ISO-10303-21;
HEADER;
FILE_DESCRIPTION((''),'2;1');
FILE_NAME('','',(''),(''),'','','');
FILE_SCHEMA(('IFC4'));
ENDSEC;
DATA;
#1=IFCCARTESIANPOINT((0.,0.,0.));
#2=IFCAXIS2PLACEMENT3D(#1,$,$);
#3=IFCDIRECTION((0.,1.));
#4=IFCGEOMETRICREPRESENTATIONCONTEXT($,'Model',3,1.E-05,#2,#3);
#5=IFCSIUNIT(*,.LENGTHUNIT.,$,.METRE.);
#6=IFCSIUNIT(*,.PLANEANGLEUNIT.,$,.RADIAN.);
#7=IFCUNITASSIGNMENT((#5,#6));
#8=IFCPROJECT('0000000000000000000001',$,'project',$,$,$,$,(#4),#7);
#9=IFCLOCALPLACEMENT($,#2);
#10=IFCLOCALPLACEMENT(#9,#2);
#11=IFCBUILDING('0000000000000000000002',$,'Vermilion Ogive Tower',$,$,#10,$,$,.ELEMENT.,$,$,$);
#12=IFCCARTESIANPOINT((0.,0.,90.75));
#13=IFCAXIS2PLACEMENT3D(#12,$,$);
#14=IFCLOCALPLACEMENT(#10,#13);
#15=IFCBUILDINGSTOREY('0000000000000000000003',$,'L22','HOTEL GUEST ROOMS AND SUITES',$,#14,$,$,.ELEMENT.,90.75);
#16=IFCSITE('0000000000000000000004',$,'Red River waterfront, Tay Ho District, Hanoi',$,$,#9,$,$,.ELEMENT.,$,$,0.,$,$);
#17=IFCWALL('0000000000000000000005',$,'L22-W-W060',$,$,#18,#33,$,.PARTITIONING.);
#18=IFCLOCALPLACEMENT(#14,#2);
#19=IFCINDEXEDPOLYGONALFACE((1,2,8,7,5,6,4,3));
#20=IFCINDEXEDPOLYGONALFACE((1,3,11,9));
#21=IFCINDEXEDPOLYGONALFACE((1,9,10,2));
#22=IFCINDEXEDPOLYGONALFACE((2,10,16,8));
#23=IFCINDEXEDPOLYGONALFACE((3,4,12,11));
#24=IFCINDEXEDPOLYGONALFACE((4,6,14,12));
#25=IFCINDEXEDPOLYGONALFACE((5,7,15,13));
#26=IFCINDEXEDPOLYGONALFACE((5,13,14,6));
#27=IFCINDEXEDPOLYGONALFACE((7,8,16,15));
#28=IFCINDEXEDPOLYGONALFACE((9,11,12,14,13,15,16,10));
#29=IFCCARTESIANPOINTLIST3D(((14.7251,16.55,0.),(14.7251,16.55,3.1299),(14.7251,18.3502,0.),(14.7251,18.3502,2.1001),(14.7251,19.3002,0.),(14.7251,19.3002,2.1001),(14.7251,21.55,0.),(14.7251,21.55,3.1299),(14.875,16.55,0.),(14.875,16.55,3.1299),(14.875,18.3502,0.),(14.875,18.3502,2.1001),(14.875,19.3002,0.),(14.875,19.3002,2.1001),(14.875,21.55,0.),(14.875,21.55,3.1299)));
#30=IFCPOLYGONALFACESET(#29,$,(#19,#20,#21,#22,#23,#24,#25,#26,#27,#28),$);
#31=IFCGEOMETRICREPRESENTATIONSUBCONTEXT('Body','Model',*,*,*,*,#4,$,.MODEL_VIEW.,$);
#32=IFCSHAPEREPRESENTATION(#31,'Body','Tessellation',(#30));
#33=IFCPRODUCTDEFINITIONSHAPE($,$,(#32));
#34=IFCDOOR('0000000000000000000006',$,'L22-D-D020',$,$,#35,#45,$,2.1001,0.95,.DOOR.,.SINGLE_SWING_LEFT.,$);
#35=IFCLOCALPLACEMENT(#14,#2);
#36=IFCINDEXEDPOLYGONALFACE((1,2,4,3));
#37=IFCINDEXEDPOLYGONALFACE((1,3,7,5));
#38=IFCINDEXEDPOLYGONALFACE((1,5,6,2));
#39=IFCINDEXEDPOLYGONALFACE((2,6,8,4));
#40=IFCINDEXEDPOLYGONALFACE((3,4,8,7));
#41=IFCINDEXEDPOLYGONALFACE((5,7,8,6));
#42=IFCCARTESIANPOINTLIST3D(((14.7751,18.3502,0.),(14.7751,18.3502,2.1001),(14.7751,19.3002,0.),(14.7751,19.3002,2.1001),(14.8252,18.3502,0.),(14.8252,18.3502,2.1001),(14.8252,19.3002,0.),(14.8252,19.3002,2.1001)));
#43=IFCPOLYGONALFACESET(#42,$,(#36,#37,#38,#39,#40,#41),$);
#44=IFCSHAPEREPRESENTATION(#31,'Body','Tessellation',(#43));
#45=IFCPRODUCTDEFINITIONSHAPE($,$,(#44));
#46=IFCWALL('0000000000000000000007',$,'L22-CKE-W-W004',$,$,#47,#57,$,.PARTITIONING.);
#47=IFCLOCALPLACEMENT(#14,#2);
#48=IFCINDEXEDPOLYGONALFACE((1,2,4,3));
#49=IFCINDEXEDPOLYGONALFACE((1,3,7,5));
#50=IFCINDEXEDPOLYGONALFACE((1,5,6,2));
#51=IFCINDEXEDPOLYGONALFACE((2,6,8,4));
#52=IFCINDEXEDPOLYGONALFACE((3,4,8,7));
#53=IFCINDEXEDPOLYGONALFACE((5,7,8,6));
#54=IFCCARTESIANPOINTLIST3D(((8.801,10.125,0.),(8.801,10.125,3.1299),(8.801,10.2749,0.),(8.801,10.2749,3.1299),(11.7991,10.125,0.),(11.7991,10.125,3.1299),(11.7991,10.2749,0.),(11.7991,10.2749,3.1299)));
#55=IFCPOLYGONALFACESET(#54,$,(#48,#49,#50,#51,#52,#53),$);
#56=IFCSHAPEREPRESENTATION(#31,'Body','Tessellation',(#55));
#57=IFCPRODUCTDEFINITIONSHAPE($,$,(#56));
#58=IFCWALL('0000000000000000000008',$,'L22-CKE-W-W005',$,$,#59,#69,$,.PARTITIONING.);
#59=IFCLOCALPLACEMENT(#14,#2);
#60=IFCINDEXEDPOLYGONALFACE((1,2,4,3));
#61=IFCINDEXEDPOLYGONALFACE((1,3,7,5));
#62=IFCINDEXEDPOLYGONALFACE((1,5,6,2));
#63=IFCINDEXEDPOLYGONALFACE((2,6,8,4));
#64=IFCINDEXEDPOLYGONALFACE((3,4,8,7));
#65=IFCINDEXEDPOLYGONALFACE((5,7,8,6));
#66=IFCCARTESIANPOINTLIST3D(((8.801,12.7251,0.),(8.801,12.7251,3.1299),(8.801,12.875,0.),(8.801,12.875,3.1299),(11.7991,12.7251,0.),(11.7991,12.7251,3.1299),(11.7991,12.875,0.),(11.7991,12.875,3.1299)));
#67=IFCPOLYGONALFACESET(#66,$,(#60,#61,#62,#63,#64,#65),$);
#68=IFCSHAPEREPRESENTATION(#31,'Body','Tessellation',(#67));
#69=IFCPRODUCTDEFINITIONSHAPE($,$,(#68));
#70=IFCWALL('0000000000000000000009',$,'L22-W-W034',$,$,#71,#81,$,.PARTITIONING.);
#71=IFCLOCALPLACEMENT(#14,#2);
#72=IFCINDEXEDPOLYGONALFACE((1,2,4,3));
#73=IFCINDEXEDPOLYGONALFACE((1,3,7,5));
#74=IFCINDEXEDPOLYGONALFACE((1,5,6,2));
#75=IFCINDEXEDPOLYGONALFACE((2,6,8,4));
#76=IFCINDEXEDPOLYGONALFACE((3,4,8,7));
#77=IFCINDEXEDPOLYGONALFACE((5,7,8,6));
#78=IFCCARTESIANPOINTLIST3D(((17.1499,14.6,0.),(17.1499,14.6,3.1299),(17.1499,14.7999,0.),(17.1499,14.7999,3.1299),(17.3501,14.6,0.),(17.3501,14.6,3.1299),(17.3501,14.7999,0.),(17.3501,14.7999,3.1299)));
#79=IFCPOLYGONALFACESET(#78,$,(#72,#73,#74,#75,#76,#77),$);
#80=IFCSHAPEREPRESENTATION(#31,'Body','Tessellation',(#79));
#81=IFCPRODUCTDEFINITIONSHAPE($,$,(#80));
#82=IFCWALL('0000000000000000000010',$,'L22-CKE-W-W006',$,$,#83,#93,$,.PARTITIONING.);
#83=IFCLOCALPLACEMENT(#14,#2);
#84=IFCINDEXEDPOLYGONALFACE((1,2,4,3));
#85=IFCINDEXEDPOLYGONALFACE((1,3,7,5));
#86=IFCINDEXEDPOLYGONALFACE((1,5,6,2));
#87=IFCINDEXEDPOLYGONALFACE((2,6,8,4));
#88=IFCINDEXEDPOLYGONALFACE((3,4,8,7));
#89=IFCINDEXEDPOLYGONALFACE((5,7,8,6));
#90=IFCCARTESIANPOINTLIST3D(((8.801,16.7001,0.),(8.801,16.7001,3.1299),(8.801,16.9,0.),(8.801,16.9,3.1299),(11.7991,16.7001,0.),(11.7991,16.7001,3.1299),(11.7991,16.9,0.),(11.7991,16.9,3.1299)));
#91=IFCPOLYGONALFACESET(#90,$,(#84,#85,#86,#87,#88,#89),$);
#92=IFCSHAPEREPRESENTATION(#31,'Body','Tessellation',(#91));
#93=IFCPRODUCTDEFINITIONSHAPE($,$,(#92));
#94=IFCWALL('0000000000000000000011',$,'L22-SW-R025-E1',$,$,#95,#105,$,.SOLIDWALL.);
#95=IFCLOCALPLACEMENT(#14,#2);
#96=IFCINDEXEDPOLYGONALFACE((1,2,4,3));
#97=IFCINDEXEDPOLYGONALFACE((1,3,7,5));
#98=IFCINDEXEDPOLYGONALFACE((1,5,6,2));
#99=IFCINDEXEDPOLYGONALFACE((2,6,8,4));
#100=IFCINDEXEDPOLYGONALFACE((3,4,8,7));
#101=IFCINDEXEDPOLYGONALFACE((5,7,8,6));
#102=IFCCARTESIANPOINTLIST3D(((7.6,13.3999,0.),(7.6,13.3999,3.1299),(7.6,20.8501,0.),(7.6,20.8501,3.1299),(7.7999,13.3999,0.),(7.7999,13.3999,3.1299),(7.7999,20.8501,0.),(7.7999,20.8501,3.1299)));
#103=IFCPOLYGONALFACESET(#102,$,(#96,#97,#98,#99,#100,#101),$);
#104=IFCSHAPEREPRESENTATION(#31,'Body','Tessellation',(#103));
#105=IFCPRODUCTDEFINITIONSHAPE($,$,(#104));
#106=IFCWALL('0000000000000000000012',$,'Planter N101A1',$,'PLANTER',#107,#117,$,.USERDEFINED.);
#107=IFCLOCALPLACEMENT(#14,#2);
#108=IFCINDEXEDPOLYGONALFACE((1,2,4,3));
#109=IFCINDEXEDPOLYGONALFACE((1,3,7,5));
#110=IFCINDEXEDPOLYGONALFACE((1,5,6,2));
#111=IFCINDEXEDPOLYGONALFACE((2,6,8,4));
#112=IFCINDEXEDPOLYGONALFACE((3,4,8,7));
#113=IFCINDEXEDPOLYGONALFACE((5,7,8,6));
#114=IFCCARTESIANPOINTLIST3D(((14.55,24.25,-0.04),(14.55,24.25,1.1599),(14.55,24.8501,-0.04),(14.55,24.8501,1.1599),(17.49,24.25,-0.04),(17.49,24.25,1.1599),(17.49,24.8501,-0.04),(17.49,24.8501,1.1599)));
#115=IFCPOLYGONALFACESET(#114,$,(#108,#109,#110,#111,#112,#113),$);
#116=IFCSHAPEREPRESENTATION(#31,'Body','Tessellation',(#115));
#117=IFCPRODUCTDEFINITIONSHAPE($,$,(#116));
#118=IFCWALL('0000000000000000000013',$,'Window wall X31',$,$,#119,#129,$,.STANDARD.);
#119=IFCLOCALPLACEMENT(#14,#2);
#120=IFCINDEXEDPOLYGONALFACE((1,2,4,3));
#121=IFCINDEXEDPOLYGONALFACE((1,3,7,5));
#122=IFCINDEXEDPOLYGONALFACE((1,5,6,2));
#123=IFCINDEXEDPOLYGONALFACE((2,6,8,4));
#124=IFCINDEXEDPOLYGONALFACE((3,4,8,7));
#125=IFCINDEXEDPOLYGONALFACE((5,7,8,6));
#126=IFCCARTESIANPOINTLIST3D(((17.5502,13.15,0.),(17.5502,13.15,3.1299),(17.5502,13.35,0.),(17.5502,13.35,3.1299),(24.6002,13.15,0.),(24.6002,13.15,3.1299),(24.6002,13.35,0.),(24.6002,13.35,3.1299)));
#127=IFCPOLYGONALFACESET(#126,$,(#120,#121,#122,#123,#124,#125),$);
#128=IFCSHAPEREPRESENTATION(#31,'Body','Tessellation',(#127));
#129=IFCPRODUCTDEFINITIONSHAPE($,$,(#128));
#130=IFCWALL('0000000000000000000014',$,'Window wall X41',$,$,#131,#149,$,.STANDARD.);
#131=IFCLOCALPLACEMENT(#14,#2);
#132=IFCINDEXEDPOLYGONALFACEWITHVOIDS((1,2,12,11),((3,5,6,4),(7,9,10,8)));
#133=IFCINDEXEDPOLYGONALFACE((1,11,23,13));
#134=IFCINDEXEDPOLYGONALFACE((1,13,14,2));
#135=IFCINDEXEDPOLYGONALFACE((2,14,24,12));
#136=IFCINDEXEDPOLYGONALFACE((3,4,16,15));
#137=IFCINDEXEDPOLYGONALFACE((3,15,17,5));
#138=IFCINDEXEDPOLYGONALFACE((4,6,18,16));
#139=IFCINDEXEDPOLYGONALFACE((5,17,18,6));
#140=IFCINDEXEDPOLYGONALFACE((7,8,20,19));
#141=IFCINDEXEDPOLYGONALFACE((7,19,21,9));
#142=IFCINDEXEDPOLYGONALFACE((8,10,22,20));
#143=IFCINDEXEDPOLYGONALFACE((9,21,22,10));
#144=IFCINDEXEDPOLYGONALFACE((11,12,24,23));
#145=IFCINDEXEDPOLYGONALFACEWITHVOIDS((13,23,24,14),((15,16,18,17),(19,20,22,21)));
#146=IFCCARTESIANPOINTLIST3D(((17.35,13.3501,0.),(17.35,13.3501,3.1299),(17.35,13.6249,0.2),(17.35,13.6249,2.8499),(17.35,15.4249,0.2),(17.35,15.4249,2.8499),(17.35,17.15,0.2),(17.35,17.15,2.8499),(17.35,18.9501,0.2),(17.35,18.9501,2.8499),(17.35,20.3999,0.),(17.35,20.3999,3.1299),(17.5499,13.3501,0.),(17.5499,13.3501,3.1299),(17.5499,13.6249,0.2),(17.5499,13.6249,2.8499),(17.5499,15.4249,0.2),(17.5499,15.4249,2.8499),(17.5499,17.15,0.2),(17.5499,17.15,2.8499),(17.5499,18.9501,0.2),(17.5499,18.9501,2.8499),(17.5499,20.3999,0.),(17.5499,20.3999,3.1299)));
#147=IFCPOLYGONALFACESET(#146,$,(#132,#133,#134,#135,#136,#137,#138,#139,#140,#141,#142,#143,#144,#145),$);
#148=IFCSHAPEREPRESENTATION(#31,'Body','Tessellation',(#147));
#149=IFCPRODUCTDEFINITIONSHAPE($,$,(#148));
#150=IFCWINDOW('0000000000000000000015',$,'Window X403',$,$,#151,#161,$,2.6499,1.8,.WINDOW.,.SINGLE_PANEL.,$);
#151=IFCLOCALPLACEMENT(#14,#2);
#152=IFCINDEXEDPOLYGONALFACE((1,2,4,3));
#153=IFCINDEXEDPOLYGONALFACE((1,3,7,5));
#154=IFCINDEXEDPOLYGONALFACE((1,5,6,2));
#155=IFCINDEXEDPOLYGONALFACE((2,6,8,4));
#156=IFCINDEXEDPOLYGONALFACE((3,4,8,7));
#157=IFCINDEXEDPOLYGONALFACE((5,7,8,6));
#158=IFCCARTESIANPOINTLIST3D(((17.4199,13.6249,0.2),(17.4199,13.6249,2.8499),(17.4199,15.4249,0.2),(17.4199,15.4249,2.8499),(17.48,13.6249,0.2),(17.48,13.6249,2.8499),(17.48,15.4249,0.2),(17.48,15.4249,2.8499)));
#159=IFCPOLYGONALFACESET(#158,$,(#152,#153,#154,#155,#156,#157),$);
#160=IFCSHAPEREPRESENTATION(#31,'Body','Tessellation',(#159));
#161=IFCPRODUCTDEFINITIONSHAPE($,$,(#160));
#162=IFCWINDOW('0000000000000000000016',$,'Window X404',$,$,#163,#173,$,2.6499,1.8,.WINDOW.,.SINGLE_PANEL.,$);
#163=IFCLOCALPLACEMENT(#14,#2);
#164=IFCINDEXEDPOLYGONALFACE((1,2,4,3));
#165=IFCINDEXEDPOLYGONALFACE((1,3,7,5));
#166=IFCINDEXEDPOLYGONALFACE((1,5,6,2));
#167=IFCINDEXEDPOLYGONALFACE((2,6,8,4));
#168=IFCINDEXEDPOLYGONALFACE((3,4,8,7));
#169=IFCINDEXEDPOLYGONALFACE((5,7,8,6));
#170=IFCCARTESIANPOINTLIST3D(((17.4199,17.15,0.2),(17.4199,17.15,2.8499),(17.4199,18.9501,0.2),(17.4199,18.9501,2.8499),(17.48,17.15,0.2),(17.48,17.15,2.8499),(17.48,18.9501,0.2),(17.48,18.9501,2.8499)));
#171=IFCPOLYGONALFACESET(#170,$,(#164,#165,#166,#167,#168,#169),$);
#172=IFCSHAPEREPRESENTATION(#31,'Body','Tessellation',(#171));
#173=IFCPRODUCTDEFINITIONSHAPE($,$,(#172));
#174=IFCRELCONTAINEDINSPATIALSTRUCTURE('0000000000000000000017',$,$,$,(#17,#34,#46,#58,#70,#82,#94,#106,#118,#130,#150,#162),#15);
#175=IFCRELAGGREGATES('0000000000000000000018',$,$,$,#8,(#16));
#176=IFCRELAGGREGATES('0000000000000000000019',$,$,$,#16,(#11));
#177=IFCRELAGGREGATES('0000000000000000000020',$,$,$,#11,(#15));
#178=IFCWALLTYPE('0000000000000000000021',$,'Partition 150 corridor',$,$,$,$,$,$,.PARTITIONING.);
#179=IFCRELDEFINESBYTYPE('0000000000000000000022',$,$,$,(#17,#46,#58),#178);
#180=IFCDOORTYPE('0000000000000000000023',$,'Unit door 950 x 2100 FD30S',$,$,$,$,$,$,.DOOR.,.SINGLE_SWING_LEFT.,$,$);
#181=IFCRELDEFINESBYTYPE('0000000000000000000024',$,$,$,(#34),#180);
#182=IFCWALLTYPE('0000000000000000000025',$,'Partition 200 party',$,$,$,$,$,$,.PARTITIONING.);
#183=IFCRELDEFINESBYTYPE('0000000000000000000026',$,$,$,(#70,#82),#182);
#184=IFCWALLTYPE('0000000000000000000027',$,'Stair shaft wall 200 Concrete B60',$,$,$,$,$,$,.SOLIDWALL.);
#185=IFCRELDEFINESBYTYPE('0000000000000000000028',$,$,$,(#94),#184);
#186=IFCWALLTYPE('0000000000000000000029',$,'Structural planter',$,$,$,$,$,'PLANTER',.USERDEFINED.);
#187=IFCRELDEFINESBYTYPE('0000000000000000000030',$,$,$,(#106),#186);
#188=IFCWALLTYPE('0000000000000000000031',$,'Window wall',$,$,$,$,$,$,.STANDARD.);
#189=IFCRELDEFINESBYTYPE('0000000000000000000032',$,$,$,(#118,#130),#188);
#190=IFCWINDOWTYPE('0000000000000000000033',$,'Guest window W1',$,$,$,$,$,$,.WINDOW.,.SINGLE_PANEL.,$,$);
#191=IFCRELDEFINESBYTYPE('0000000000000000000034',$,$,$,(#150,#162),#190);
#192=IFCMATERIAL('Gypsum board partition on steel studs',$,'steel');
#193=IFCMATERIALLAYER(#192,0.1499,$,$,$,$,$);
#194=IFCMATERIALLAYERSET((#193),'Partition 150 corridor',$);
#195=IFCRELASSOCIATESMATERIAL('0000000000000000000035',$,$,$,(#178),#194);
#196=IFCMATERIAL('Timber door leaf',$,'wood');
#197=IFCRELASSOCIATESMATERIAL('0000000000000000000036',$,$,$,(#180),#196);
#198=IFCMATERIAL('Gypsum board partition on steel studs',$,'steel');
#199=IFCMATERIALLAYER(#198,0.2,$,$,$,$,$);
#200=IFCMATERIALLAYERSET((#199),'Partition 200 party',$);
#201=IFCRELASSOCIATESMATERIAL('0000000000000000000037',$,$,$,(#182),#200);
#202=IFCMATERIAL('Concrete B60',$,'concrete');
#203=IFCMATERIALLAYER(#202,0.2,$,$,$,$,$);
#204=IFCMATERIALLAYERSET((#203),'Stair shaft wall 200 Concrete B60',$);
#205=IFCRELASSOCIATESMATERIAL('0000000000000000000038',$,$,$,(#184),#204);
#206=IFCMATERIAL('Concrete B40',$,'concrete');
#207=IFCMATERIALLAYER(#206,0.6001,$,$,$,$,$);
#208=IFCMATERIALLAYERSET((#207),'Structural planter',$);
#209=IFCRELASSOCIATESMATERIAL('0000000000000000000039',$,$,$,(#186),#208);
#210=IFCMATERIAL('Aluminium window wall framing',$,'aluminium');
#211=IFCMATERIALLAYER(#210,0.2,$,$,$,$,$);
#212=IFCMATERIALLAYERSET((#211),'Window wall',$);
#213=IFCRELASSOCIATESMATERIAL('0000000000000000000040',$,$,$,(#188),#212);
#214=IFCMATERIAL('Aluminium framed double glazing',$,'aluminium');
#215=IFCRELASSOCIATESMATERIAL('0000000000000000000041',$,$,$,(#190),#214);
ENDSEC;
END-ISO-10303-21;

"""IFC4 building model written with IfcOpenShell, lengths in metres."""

from ifc_helpers import new_model, si_unit, direction, frame, frame_2d, origin, place, context, subcontext, project, spatial, rectangle, extrude, material, layer, layer_set, type_object, element, fill, save


model = new_model("IFC4")

# Units and contexts
model_context = context("Model", 3, precision=1e-05, world=origin(), true_north=direction((0.0, 1.0)))
body_context = subcontext(model_context, "Body", "Model", "MODEL_VIEW")
ifc_project = project(units=[si_unit("LENGTHUNIT", "METRE"), si_unit("PLANEANGLEUNIT", "RADIAN")], contexts=[model_context])

# Site, building, storey
site_placement = place(None, origin())
site = spatial("IfcSite", under=ifc_project, at=site_placement, Name="Red River waterfront, Tay Ho District, Hanoi", CompositionType="ELEMENT", RefElevation=0.0)
building_placement = place(site_placement, origin())
building = spatial("IfcBuilding", under=site, at=building_placement, Name="Vermilion Ogive Tower", CompositionType="ELEMENT")
storey_placement = place(building_placement, frame((0.0, 0.0, 90.75)))
storey = spatial("IfcBuildingStorey", under=building, at=storey_placement, Name="L22", Description="HOTEL GUEST ROOMS AND SUITES", CompositionType="ELEMENT", Elevation=90.75)

# Wall, opening, door
ifc_material_1 = material(Name="Gypsum board partition on steel studs", Category="steel")
ifc_layer_1 = layer(ifc_material_1, 0.1499)
ifc_layer_set_1 = layer_set([ifc_layer_1], Name="Partition 150 corridor")
wall_type_1 = type_object("IfcWallType", Name="Partition 150 corridor", PredefinedType="PARTITIONING", material=ifc_layer_set_1)
wall_1_placement = place(storey_placement, frame((14.8, 16.55, 0.0), z_axis=(0.0, 0.0, 1.0), x_axis=(0.0, 1.0, 0.0)))
wall_1 = element("IfcWall", 1, at=wall_1_placement, inside=storey, type_object=wall_type_1, Name="L22-W-W060", PredefinedType="PARTITIONING", context=body_context, shape_type="SweptSolid", body=[
    extrude(rectangle(XDim=5.0, YDim=0.1499, at=frame_2d((2.5, 0.0))), origin(), (0.0, 0.0, 1.0), 3.1299),
])
opening_1_placement = place(wall_1_placement, frame((1.8, 0.0, 0.0)))
opening_1 = element("IfcOpeningElement", 2, at=opening_1_placement, cuts=wall_1, PredefinedType="OPENING", context=body_context, shape_type="SweptSolid", body=[
    extrude(rectangle(XDim=0.95, YDim=2.1001, at=frame_2d((0.4751, 1.05))), frame((0.0, 0.085, 0.0), z_axis=(0.0, -1.0, 0.0), x_axis=(1.0, 0.0, 0.0)), (0.0, 0.0, 1.0), 0.1699),
])
ifc_material_2 = material(Name="Timber door leaf", Category="wood")
door_type_1 = type_object("IfcDoorType", Name="Unit door 950 x 2100 FD30S", OperationType="SINGLE_SWING_LEFT", PredefinedType="DOOR", material=ifc_material_2)
door_1_placement = place(opening_1_placement, origin())
door_1 = element("IfcDoor", 3, at=door_1_placement, inside=storey, type_object=door_type_1, Name="L22-D-D020", OperationType="SINGLE_SWING_LEFT", OverallHeight=2.1001, OverallWidth=0.95, PredefinedType="DOOR", context=body_context, shape_type="SweptSolid", body=[
    extrude(rectangle(XDim=0.95, YDim=2.1001, at=frame_2d((0.4751, 1.05))), frame((0.0, 0.0249, 0.0), z_axis=(0.0, -1.0, 0.0), x_axis=(1.0, 0.0, 0.0)), (0.0, 0.0, 1.0), 0.05),
])
fill(opening_1, door_1)

# Walls
for number, where, z_axis, x_axis, name in (
    (4, (8.801, 10.2, 0.0), (0.0, 0.0, 1.0), (1.0, 0.0, 0.0), "L22-CKE-W-W004"),
    (5, (8.801, 12.8, 0.0), (0.0, 0.0, 1.0), (1.0, 0.0, 0.0), "L22-CKE-W-W005"),
):
    element("IfcWall", number, at=place(storey_placement, frame(where, z_axis=z_axis, x_axis=x_axis)), inside=storey, type_object=wall_type_1, Name=name, PredefinedType="PARTITIONING", context=body_context, shape_type="SweptSolid", body=[
        extrude(rectangle(XDim=2.998, YDim=0.1499, at=frame_2d((1.499, 0.0))), origin(), (0.0, 0.0, 1.0), 3.1299),
    ])
ifc_material_3 = material(Name="Gypsum board partition on steel studs", Category="steel")
ifc_layer_2 = layer(ifc_material_3, 0.2)
ifc_layer_set_2 = layer_set([ifc_layer_2], Name="Partition 200 party")
wall_type_2 = type_object("IfcWallType", Name="Partition 200 party", PredefinedType="PARTITIONING", material=ifc_layer_set_2)
wall_2_placement = place(storey_placement, frame((17.1499, 14.7, 0.0), z_axis=(0.0, 0.0, 1.0), x_axis=(1.0, 0.0, 0.0)))
element("IfcWall", 6, at=wall_2_placement, inside=storey, type_object=wall_type_2, Name="L22-W-W034", PredefinedType="PARTITIONING", context=body_context, shape_type="SweptSolid", body=[
    extrude(rectangle(XDim=0.2002, YDim=0.2, at=frame_2d((0.1001, 0.0))), origin(), (0.0, 0.0, 1.0), 3.1299),
])
wall_3_placement = place(storey_placement, frame((8.801, 16.8, 0.0), z_axis=(0.0, 0.0, 1.0), x_axis=(1.0, 0.0, 0.0)))
element("IfcWall", 7, at=wall_3_placement, inside=storey, type_object=wall_type_2, Name="L22-CKE-W-W006", PredefinedType="PARTITIONING", context=body_context, shape_type="SweptSolid", body=[
    extrude(rectangle(XDim=2.998, YDim=0.2, at=frame_2d((1.499, 0.0))), origin(), (0.0, 0.0, 1.0), 3.1299),
])
ifc_material_4 = material(Name="Concrete B60", Category="concrete")
ifc_layer_3 = layer(ifc_material_4, 0.2)
ifc_layer_set_3 = layer_set([ifc_layer_3], Name="Stair shaft wall 200 Concrete B60")
wall_type_3 = type_object("IfcWallType", Name="Stair shaft wall 200 Concrete B60", PredefinedType="SOLIDWALL", material=ifc_layer_set_3)
wall_4_placement = place(storey_placement, frame((7.7, 13.3999, 0.0), z_axis=(0.0, 0.0, 1.0), x_axis=(0.0, 1.0, 0.0)))
element("IfcWall", 8, at=wall_4_placement, inside=storey, type_object=wall_type_3, Name="L22-SW-R025-E1", PredefinedType="SOLIDWALL", context=body_context, shape_type="SweptSolid", body=[
    extrude(rectangle(XDim=7.4502, YDim=0.2, at=frame_2d((3.7251, 0.0))), origin(), (0.0, 0.0, 1.0), 3.1299),
])
ifc_material_5 = material(Name="Concrete B40", Category="concrete")
ifc_layer_4 = layer(ifc_material_5, 0.6001)
ifc_layer_set_4 = layer_set([ifc_layer_4], Name="Structural planter")
wall_type_4 = type_object("IfcWallType", Name="Structural planter", ElementType="PLANTER", PredefinedType="USERDEFINED", material=ifc_layer_set_4)
wall_5_placement = place(storey_placement, frame((17.49, 24.55, -0.04), z_axis=(0.0, 0.0, 1.0), x_axis=(-1.0, 0.0, 0.0)))
element("IfcWall", 9, at=wall_5_placement, inside=storey, type_object=wall_type_4, Name="Planter N101A1", ObjectType="PLANTER", PredefinedType="USERDEFINED", context=body_context, shape_type="SweptSolid", body=[
    extrude(rectangle(XDim=2.9399, YDim=0.6001, at=frame_2d((1.47, 0.0))), origin(), (0.0, 0.0, 1.0), 1.2),
])
ifc_material_6 = material(Name="Aluminium window wall framing", Category="aluminium")
ifc_layer_5 = layer(ifc_material_6, 0.2)
ifc_layer_set_5 = layer_set([ifc_layer_5], Name="Window wall")
wall_type_5 = type_object("IfcWallType", Name="Window wall", PredefinedType="STANDARD", material=ifc_layer_set_5)
wall_6_placement = place(storey_placement, frame((24.6001, 13.25, 0.0), z_axis=(0.0, 0.0, 1.0), x_axis=(-1.0, 0.0, 0.0)))
element("IfcWall", 10, at=wall_6_placement, inside=storey, type_object=wall_type_5, Name="Window wall X31", PredefinedType="STANDARD", context=body_context, shape_type="SweptSolid", body=[
    extrude(rectangle(XDim=7.05, YDim=0.2, at=frame_2d((3.5249, 0.0))), origin(), (0.0, 0.0, 1.0), 3.1299),
])

# Wall, openings, windows
wall_7_placement = place(storey_placement, frame((17.45, 13.3501, 0.0), z_axis=(0.0, 0.0, 1.0), x_axis=(0.0, 1.0, 0.0)))
wall_7 = element("IfcWall", 11, at=wall_7_placement, inside=storey, type_object=wall_type_5, Name="Window wall X41", PredefinedType="STANDARD", context=body_context, shape_type="SweptSolid", body=[
    extrude(rectangle(XDim=7.0498, YDim=0.2, at=frame_2d((3.5249, 0.0))), origin(), (0.0, 0.0, 1.0), 3.1299),
])
opening_2_placement = place(wall_7_placement, frame((0.2749, 0.0, 0.2)))
opening_2 = element("IfcOpeningElement", 12, at=opening_2_placement, cuts=wall_7, PredefinedType="OPENING", context=body_context, shape_type="SweptSolid", body=[
    extrude(rectangle(XDim=1.8, YDim=2.6499, at=frame_2d((0.8999, 1.325))), frame((0.0, 0.1099, 0.0), z_axis=(0.0, -1.0, 0.0), x_axis=(1.0, 0.0, 0.0)), (0.0, 0.0, 1.0), 0.22),
])
opening_3_placement = place(wall_7_placement, frame((3.8, 0.0, 0.2)))
opening_3 = element("IfcOpeningElement", 13, at=opening_3_placement, cuts=wall_7, PredefinedType="OPENING", context=body_context, shape_type="SweptSolid", body=[
    extrude(rectangle(XDim=1.8, YDim=2.6499, at=frame_2d((0.8999, 1.325))), frame((0.0, 0.1099, 0.0), z_axis=(0.0, -1.0, 0.0), x_axis=(1.0, 0.0, 0.0)), (0.0, 0.0, 1.0), 0.22),
])
ifc_material_7 = material(Name="Aluminium framed double glazing", Category="aluminium")
window_type = type_object("IfcWindowType", Name="Guest window W1", PartitioningType="SINGLE_PANEL", PredefinedType="WINDOW", material=ifc_material_7)
window_1_placement = place(opening_2_placement, origin())
window_1 = element("IfcWindow", 14, at=window_1_placement, inside=storey, type_object=window_type, Name="Window X403", OverallHeight=2.6499, OverallWidth=1.8, PartitioningType="SINGLE_PANEL", PredefinedType="WINDOW", context=body_context, shape_type="SweptSolid", body=[
    extrude(rectangle(XDim=1.8, YDim=2.6499, at=frame_2d((0.8999, 1.325))), frame((0.0, 0.03, 0.0), z_axis=(0.0, -1.0, 0.0), x_axis=(1.0, 0.0, 0.0)), (0.0, 0.0, 1.0), 0.0601),
])
fill(opening_2, window_1)
window_2_placement = place(opening_3_placement, origin())
window_2 = element("IfcWindow", 15, at=window_2_placement, inside=storey, type_object=window_type, Name="Window X404", OverallHeight=2.6499, OverallWidth=1.8, PartitioningType="SINGLE_PANEL", PredefinedType="WINDOW", context=body_context, shape_type="SweptSolid", body=[
    extrude(rectangle(XDim=1.8, YDim=2.6499, at=frame_2d((0.8999, 1.325))), frame((0.0, 0.03, 0.0), z_axis=(0.0, -1.0, 0.0), x_axis=(1.0, 0.0, 0.0)), (0.0, 0.0, 1.0), 0.0601),
])
fill(opening_3, window_2)

save(model, "model.ifc")
